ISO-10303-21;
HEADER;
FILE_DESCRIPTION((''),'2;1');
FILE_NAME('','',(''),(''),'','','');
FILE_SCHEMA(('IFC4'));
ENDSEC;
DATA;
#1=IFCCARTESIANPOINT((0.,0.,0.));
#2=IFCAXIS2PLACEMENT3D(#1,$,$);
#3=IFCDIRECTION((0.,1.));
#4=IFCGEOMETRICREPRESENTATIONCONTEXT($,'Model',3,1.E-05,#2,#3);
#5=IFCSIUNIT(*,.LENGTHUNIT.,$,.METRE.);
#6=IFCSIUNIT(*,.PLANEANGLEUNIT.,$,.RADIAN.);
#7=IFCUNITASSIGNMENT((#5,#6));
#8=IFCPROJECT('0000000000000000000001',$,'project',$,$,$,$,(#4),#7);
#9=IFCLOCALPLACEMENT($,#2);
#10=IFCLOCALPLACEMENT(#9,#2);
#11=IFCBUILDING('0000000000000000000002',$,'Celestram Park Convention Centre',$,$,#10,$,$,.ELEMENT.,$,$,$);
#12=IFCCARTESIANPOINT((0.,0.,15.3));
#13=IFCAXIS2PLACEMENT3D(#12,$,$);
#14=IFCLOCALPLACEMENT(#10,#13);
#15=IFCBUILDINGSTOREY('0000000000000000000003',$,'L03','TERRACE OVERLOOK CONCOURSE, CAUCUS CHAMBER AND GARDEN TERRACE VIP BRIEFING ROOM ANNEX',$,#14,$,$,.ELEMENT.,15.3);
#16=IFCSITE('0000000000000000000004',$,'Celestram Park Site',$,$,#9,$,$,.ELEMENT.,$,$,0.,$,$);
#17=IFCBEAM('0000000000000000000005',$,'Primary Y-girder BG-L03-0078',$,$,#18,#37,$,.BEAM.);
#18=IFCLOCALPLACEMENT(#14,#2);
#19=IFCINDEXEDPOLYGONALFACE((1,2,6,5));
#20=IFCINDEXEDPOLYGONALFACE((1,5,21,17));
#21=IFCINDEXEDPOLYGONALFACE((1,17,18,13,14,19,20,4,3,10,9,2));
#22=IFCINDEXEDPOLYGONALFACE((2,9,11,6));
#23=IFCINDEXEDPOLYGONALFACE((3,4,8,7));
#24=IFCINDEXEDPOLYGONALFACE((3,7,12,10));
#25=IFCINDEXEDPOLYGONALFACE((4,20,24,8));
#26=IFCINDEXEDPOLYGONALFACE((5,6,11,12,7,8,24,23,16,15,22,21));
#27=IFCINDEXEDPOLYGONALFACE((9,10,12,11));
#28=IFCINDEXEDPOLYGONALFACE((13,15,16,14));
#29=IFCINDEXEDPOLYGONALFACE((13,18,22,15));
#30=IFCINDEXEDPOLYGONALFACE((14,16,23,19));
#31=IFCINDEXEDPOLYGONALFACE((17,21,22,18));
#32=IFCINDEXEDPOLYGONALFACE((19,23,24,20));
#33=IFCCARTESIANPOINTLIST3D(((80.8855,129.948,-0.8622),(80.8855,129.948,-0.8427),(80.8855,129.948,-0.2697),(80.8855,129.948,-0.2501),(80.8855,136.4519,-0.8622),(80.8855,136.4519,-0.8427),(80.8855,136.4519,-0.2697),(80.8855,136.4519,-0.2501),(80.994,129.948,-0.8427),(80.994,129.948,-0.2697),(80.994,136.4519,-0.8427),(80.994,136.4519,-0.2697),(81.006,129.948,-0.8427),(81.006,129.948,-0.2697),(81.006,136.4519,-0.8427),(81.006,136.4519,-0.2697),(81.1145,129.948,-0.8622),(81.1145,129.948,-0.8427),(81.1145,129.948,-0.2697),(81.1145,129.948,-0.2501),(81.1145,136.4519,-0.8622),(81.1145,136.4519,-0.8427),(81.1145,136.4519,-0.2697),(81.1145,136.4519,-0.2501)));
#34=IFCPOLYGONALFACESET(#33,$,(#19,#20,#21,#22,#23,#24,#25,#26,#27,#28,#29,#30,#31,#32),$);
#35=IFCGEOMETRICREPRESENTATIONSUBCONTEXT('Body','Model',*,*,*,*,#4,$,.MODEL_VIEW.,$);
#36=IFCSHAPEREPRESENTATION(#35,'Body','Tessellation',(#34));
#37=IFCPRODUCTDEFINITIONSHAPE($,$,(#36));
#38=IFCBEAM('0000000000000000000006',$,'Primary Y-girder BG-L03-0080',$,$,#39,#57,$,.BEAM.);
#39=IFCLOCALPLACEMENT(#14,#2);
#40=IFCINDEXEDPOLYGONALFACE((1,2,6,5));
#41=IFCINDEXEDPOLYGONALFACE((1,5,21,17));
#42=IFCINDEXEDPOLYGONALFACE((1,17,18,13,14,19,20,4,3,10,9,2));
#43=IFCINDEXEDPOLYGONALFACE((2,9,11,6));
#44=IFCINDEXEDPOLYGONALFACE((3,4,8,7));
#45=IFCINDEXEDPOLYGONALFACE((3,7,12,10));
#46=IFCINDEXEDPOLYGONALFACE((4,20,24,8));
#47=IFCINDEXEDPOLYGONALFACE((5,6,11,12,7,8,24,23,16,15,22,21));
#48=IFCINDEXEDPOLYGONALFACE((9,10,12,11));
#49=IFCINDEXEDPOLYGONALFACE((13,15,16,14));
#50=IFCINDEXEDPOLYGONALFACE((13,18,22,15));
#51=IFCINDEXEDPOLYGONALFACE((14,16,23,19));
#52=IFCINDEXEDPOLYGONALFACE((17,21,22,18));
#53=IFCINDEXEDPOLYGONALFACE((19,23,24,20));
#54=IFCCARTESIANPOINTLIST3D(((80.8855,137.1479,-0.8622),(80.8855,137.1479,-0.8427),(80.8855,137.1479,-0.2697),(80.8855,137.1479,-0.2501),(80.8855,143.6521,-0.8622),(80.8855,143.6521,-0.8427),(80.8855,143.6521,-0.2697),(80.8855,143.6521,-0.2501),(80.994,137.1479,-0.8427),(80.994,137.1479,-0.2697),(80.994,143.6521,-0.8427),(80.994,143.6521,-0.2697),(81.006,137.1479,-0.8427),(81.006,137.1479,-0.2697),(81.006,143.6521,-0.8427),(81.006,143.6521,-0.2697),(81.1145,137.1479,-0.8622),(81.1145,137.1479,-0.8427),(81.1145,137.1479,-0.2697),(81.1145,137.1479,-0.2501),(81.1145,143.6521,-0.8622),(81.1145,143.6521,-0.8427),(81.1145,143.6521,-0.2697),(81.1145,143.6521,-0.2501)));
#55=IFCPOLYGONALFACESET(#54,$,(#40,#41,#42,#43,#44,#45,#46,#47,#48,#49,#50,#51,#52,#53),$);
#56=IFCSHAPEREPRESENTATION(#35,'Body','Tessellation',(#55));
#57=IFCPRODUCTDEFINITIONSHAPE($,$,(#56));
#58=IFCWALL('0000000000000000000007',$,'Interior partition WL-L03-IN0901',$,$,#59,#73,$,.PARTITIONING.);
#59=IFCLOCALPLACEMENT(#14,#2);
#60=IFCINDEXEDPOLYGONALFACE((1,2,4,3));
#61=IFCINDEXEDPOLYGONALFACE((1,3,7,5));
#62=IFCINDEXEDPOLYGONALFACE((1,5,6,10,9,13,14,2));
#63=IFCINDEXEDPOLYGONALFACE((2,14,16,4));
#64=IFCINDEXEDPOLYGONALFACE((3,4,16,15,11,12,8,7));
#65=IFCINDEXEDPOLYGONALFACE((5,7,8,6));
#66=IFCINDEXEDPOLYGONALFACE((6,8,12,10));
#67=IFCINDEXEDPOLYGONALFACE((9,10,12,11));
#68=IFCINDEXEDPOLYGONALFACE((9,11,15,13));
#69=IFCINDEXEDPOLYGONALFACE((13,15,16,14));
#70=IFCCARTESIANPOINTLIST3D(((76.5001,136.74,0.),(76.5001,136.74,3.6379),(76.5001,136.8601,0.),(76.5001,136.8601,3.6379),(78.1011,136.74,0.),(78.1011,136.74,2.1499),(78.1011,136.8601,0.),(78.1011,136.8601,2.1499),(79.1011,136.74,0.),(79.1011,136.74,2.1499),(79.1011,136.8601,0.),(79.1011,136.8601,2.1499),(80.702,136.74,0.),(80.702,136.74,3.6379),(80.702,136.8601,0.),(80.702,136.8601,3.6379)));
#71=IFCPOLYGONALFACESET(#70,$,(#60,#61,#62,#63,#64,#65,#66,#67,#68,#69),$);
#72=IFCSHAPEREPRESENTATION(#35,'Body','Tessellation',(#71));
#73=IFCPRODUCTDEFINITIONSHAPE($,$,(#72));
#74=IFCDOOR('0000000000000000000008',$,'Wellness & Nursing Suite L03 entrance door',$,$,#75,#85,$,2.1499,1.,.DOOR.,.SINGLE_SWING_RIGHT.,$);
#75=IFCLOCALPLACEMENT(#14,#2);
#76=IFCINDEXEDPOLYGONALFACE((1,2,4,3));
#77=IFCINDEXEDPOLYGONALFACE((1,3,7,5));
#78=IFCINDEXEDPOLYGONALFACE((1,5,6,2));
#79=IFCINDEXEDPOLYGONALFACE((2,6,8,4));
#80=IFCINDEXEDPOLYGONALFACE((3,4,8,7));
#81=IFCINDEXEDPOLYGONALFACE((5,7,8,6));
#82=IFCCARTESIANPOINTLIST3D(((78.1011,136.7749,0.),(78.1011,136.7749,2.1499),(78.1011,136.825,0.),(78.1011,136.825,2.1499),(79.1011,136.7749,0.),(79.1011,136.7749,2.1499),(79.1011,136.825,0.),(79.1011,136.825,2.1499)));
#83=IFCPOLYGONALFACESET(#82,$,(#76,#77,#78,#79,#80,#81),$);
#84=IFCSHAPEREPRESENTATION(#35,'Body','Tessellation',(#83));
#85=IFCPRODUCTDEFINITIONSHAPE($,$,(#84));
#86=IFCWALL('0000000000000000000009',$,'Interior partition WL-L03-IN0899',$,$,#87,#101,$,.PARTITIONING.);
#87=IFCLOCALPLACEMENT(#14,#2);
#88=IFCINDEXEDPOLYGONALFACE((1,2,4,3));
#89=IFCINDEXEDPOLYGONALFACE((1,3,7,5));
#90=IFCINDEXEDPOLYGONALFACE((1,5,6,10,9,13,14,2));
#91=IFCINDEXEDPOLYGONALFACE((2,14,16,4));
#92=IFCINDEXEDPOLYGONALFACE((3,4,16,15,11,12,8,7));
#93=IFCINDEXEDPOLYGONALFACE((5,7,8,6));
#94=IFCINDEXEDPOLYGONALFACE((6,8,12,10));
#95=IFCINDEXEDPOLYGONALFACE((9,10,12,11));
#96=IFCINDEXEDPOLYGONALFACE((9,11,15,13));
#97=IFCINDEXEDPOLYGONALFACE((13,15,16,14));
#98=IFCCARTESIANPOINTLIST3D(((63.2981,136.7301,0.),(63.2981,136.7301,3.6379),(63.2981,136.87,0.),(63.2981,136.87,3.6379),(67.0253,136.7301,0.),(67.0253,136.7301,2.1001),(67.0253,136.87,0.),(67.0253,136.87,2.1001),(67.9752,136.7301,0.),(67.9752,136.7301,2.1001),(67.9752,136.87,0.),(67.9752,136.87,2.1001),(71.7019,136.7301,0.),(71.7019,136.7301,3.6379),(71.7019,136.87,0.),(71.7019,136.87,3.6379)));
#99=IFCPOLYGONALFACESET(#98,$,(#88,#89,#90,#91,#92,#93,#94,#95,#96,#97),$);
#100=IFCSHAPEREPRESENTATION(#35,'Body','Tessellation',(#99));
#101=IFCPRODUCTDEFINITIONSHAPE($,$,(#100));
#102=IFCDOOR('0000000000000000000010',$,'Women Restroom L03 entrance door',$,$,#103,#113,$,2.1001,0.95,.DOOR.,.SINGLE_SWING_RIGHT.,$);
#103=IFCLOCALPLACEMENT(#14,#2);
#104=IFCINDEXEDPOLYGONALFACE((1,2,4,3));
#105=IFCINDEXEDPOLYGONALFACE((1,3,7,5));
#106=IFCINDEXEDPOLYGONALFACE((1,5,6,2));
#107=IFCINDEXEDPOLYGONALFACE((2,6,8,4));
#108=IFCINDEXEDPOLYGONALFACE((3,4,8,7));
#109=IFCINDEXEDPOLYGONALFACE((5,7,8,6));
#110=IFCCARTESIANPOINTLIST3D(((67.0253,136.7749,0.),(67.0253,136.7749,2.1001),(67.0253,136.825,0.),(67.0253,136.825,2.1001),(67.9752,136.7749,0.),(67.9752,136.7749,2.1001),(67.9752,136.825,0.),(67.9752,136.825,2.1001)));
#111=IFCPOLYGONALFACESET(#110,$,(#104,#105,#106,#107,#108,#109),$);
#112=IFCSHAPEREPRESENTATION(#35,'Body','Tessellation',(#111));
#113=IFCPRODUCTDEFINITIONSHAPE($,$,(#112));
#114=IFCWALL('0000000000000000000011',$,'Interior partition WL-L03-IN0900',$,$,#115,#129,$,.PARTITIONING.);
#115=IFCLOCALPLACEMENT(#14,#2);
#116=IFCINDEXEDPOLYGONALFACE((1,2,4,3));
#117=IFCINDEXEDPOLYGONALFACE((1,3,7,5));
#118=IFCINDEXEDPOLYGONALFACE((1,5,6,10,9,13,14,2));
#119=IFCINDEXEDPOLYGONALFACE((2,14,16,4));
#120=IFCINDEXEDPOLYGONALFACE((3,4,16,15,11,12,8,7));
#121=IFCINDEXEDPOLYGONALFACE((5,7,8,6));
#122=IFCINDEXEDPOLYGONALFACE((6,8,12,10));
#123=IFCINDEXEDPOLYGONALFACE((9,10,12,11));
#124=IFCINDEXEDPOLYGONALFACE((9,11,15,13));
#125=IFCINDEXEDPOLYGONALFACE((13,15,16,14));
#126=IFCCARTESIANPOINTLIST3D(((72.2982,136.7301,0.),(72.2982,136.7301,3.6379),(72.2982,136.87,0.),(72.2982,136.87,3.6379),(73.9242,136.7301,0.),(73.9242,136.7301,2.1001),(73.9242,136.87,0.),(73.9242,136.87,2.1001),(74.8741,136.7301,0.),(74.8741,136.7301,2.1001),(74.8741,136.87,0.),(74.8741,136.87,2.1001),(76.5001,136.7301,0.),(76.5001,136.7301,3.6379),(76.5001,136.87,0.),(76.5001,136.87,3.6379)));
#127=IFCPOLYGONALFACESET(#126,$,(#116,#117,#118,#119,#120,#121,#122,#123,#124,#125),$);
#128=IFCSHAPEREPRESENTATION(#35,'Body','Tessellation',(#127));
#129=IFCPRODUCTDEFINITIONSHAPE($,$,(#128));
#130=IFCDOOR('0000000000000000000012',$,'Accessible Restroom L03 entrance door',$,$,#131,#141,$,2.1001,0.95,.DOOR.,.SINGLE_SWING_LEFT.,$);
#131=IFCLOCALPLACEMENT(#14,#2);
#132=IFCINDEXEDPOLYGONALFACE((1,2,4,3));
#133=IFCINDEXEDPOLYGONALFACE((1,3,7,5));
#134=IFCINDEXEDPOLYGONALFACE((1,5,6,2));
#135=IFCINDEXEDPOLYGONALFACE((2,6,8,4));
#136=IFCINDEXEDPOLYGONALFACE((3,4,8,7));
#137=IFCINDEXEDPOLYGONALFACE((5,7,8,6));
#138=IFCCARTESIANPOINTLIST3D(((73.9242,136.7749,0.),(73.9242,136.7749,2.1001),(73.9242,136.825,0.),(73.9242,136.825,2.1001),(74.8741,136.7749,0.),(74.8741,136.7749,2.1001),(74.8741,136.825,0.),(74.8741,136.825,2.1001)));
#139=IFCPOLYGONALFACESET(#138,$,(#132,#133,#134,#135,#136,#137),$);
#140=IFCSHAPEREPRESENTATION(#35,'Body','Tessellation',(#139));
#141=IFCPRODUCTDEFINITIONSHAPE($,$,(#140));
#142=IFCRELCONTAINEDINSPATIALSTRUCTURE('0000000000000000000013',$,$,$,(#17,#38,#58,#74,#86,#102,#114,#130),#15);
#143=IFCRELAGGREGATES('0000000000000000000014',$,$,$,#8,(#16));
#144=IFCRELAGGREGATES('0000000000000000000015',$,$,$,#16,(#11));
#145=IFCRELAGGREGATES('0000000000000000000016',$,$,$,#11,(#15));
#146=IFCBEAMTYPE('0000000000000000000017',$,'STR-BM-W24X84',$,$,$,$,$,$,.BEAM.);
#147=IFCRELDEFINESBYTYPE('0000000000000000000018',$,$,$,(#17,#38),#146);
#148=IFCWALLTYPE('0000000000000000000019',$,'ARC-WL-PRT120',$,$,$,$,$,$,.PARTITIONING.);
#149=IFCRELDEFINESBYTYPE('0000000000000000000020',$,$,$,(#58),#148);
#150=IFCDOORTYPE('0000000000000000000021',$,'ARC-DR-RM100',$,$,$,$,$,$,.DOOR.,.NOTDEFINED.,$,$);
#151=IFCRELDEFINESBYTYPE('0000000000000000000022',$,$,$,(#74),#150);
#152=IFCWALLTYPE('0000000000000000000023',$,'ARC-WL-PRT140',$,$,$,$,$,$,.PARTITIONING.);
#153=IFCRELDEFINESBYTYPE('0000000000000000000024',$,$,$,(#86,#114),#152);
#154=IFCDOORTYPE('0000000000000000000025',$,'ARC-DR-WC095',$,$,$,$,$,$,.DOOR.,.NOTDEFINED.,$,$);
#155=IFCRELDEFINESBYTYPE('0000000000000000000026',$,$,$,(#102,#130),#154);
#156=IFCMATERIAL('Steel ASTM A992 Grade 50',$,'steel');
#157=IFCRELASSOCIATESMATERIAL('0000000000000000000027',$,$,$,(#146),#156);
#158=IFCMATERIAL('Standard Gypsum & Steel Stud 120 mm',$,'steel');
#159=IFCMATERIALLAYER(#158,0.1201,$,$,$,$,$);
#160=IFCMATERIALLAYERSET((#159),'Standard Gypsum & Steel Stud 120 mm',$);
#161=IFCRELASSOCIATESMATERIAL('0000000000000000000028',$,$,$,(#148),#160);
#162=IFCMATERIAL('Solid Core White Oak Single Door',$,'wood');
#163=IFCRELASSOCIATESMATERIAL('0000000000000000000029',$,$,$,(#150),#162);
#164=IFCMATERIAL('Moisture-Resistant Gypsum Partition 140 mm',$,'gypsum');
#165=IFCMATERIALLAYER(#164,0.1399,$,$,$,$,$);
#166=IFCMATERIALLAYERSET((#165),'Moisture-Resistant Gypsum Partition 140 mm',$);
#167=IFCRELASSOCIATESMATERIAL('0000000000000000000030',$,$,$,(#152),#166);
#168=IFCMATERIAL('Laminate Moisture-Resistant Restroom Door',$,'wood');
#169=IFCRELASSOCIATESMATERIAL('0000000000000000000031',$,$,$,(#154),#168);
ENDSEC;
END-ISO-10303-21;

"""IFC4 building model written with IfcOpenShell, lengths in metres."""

from ifc_helpers import new_model, si_unit, direction, frame, frame_2d, origin, origin_2d, place, context, subcontext, project, spatial, rectangle, i_section, extrude, material, layer, layer_set, material_profile, profile_set, type_object, element, fill, save


model = new_model("IFC4")

# Units and contexts
model_context = context("Model", 3, precision=1e-05, world=origin(), true_north=direction((0.0, 1.0)))
body_context = subcontext(model_context, "Body", "Model", "MODEL_VIEW")
ifc_project = project(units=[si_unit("LENGTHUNIT", "METRE"), si_unit("PLANEANGLEUNIT", "RADIAN")], contexts=[model_context])

# Site, building, storey
site_placement = place(None, origin())
site = spatial("IfcSite", under=ifc_project, at=site_placement, Name="Celestram Park Site", CompositionType="ELEMENT", RefElevation=0.0)
building_placement = place(site_placement, origin())
building = spatial("IfcBuilding", under=site, at=building_placement, Name="Celestram Park Convention Centre", CompositionType="ELEMENT")
storey_placement = place(building_placement, frame((0.0, 0.0, 15.3)))
storey = spatial("IfcBuildingStorey", under=building, at=storey_placement, Name="L03", Description="TERRACE OVERLOOK CONCOURSE, CAUCUS CHAMBER AND GARDEN TERRACE VIP BRIEFING ROOM ANNEX", CompositionType="ELEMENT", Elevation=15.3)

# Beams
ifc_material_1 = material(Name="Steel ASTM A992 Grade 50", Category="steel")
ifc_material_profile_1 = material_profile(ifc_material_1, i_section(OverallWidth=0.229, OverallDepth=0.6121, WebThickness=0.012, FlangeThickness=0.0195, at=origin_2d()), Name="W24X84")
ifc_profile_set_1 = profile_set([ifc_material_profile_1], Name="Steel ASTM A992 Grade 50")
beam_type_1 = type_object("IfcBeamType", Name="STR-BM-W24X84", PredefinedType="BEAM", material=ifc_profile_set_1)
beam_1_placement = place(storey_placement, frame((81.0, 129.948, -0.5562), z_axis=(0.0, 1.0, 0.0), x_axis=(-1.0, 0.0, 0.0)))
element("IfcBeam", 1, at=beam_1_placement, inside=storey, type_object=beam_type_1, Name="Primary Y-girder BG-L03-0078", PredefinedType="BEAM", context=body_context, shape_type="SweptSolid", body=[
    extrude(i_section(OverallWidth=0.229, OverallDepth=0.6121, WebThickness=0.012, FlangeThickness=0.0195, at=origin_2d()), origin(), (0.0, 0.0, 1.0), 6.5039),
])
beam_2_placement = place(storey_placement, frame((81.0, 137.1479, -0.5562), z_axis=(0.0, 1.0, 0.0), x_axis=(-1.0, 0.0, 0.0)))
element("IfcBeam", 2, at=beam_2_placement, inside=storey, type_object=beam_type_1, Name="Primary Y-girder BG-L03-0080", PredefinedType="BEAM", context=body_context, shape_type="SweptSolid", body=[
    extrude(i_section(OverallWidth=0.229, OverallDepth=0.6121, WebThickness=0.012, FlangeThickness=0.0195, at=origin_2d()), origin(), (0.0, 0.0, 1.0), 6.5042),
])

# Walls, openings, doors
ifc_material_2 = material(Name="Standard Gypsum & Steel Stud 120 mm", Category="steel")
ifc_layer_1 = layer(ifc_material_2, 0.1201)
ifc_layer_set_1 = layer_set([ifc_layer_1], Name="Standard Gypsum & Steel Stud 120 mm")
wall_type_1 = type_object("IfcWallType", Name="ARC-WL-PRT120", PredefinedType="PARTITIONING", material=ifc_layer_set_1)
wall_1_placement = place(storey_placement, frame((76.5, 136.8, 0.0), z_axis=(0.0, 0.0, 1.0), x_axis=(1.0, 0.0, 0.0)))
wall_1 = element("IfcWall", 3, at=wall_1_placement, inside=storey, type_object=wall_type_1, Name="Interior partition WL-L03-IN0901", PredefinedType="PARTITIONING", context=body_context, shape_type="SweptSolid", body=[
    extrude(rectangle(XDim=4.2019, YDim=0.1201, at=frame_2d((2.1011, 0.0))), origin(), (0.0, 0.0, 1.0), 3.6379),
])
opening_1_placement = place(wall_1_placement, frame((1.6011, 0.0, 0.0)))
opening_1 = element("IfcOpeningElement", 4, at=opening_1_placement, cuts=wall_1, PredefinedType="OPENING", context=body_context, shape_type="SweptSolid", body=[
    extrude(rectangle(XDim=1.0, YDim=2.1499, at=frame_2d((0.5, 1.075))), frame((0.0, 0.0701, 0.0), z_axis=(0.0, -1.0, 0.0), x_axis=(1.0, 0.0, 0.0)), (0.0, 0.0, 1.0), 0.1401),
])
ifc_material_3 = material(Name="Solid Core White Oak Single Door", Category="wood")
door_type_1 = type_object("IfcDoorType", Name="ARC-DR-RM100", OperationType="NOTDEFINED", PredefinedType="DOOR", material=ifc_material_3)
door_1_placement = place(opening_1_placement, origin())
door_1 = element("IfcDoor", 5, at=door_1_placement, inside=storey, type_object=door_type_1, Name="Wellness & Nursing Suite L03 entrance door", OperationType="SINGLE_SWING_RIGHT", OverallHeight=2.1499, OverallWidth=1.0, PredefinedType="DOOR", context=body_context, shape_type="SweptSolid", body=[
    extrude(rectangle(XDim=1.0, YDim=2.1499, at=frame_2d((0.5, 1.075))), frame((0.0, 0.0249, 0.0), z_axis=(0.0, -1.0, 0.0), x_axis=(1.0, 0.0, 0.0)), (0.0, 0.0, 1.0), 0.05),
])
fill(opening_1, door_1)
ifc_material_4 = material(Name="Moisture-Resistant Gypsum Partition 140 mm", Category="gypsum")
ifc_layer_2 = layer(ifc_material_4, 0.1399)
ifc_layer_set_2 = layer_set([ifc_layer_2], Name="Moisture-Resistant Gypsum Partition 140 mm")
wall_type_2 = type_object("IfcWallType", Name="ARC-WL-PRT140", PredefinedType="PARTITIONING", material=ifc_layer_set_2)
wall_2_placement = place(storey_placement, frame((63.2981, 136.8, 0.0), z_axis=(0.0, 0.0, 1.0), x_axis=(1.0, 0.0, 0.0)))
wall_2 = element("IfcWall", 6, at=wall_2_placement, inside=storey, type_object=wall_type_2, Name="Interior partition WL-L03-IN0899", PredefinedType="PARTITIONING", context=body_context, shape_type="SweptSolid", body=[
    extrude(rectangle(XDim=8.4038, YDim=0.1399, at=frame_2d((4.2019, 0.0))), origin(), (0.0, 0.0, 1.0), 3.6379),
])
opening_2_placement = place(wall_2_placement, frame((3.7271, 0.0, 0.0)))
opening_2 = element("IfcOpeningElement", 7, at=opening_2_placement, cuts=wall_2, PredefinedType="OPENING", context=body_context, shape_type="SweptSolid", body=[
    extrude(rectangle(XDim=0.95, YDim=2.1001, at=frame_2d((0.4751, 1.05))), frame((0.0, 0.0798, 0.0), z_axis=(0.0, -1.0, 0.0), x_axis=(1.0, 0.0, 0.0)), (0.0, 0.0, 1.0), 0.1599),
])
ifc_material_5 = material(Name="Laminate Moisture-Resistant Restroom Door", Category="wood")
door_type_2 = type_object("IfcDoorType", Name="ARC-DR-WC095", OperationType="NOTDEFINED", PredefinedType="DOOR", material=ifc_material_5)
door_2_placement = place(opening_2_placement, origin())
door_2 = element("IfcDoor", 8, at=door_2_placement, inside=storey, type_object=door_type_2, Name="Women Restroom L03 entrance door", OperationType="SINGLE_SWING_RIGHT", OverallHeight=2.1001, OverallWidth=0.95, PredefinedType="DOOR", context=body_context, shape_type="SweptSolid", body=[
    extrude(rectangle(XDim=0.95, YDim=2.1001, at=frame_2d((0.4751, 1.05))), frame((0.0, 0.0249, 0.0), z_axis=(0.0, -1.0, 0.0), x_axis=(1.0, 0.0, 0.0)), (0.0, 0.0, 1.0), 0.05),
])
fill(opening_2, door_2)
wall_3_placement = place(storey_placement, frame((72.2981, 136.8, 0.0), z_axis=(0.0, 0.0, 1.0), x_axis=(1.0, 0.0, 0.0)))
wall_3 = element("IfcWall", 9, at=wall_3_placement, inside=storey, type_object=wall_type_2, Name="Interior partition WL-L03-IN0900", PredefinedType="PARTITIONING", context=body_context, shape_type="SweptSolid", body=[
    extrude(rectangle(XDim=4.2019, YDim=0.1399, at=frame_2d((2.1011, 0.0))), origin(), (0.0, 0.0, 1.0), 3.6379),
])
opening_3_placement = place(wall_3_placement, frame((1.626, 0.0, 0.0)))
opening_3 = element("IfcOpeningElement", 10, at=opening_3_placement, cuts=wall_3, PredefinedType="OPENING", context=body_context, shape_type="SweptSolid", body=[
    extrude(rectangle(XDim=0.95, YDim=2.1001, at=frame_2d((0.4751, 1.05))), frame((0.0, 0.0798, 0.0), z_axis=(0.0, -1.0, 0.0), x_axis=(1.0, 0.0, 0.0)), (0.0, 0.0, 1.0), 0.1599),
])
door_3_placement = place(opening_3_placement, origin())
door_3 = element("IfcDoor", 11, at=door_3_placement, inside=storey, type_object=door_type_2, Name="Accessible Restroom L03 entrance door", OperationType="SINGLE_SWING_LEFT", OverallHeight=2.1001, OverallWidth=0.95, PredefinedType="DOOR", context=body_context, shape_type="SweptSolid", body=[
    extrude(rectangle(XDim=0.95, YDim=2.1001, at=frame_2d((0.4751, 1.05))), frame((0.0, 0.0249, 0.0), z_axis=(0.0, -1.0, 0.0), x_axis=(1.0, 0.0, 0.0)), (0.0, 0.0, 1.0), 0.05),
])
fill(opening_3, door_3)

save(model, "model.ifc")
